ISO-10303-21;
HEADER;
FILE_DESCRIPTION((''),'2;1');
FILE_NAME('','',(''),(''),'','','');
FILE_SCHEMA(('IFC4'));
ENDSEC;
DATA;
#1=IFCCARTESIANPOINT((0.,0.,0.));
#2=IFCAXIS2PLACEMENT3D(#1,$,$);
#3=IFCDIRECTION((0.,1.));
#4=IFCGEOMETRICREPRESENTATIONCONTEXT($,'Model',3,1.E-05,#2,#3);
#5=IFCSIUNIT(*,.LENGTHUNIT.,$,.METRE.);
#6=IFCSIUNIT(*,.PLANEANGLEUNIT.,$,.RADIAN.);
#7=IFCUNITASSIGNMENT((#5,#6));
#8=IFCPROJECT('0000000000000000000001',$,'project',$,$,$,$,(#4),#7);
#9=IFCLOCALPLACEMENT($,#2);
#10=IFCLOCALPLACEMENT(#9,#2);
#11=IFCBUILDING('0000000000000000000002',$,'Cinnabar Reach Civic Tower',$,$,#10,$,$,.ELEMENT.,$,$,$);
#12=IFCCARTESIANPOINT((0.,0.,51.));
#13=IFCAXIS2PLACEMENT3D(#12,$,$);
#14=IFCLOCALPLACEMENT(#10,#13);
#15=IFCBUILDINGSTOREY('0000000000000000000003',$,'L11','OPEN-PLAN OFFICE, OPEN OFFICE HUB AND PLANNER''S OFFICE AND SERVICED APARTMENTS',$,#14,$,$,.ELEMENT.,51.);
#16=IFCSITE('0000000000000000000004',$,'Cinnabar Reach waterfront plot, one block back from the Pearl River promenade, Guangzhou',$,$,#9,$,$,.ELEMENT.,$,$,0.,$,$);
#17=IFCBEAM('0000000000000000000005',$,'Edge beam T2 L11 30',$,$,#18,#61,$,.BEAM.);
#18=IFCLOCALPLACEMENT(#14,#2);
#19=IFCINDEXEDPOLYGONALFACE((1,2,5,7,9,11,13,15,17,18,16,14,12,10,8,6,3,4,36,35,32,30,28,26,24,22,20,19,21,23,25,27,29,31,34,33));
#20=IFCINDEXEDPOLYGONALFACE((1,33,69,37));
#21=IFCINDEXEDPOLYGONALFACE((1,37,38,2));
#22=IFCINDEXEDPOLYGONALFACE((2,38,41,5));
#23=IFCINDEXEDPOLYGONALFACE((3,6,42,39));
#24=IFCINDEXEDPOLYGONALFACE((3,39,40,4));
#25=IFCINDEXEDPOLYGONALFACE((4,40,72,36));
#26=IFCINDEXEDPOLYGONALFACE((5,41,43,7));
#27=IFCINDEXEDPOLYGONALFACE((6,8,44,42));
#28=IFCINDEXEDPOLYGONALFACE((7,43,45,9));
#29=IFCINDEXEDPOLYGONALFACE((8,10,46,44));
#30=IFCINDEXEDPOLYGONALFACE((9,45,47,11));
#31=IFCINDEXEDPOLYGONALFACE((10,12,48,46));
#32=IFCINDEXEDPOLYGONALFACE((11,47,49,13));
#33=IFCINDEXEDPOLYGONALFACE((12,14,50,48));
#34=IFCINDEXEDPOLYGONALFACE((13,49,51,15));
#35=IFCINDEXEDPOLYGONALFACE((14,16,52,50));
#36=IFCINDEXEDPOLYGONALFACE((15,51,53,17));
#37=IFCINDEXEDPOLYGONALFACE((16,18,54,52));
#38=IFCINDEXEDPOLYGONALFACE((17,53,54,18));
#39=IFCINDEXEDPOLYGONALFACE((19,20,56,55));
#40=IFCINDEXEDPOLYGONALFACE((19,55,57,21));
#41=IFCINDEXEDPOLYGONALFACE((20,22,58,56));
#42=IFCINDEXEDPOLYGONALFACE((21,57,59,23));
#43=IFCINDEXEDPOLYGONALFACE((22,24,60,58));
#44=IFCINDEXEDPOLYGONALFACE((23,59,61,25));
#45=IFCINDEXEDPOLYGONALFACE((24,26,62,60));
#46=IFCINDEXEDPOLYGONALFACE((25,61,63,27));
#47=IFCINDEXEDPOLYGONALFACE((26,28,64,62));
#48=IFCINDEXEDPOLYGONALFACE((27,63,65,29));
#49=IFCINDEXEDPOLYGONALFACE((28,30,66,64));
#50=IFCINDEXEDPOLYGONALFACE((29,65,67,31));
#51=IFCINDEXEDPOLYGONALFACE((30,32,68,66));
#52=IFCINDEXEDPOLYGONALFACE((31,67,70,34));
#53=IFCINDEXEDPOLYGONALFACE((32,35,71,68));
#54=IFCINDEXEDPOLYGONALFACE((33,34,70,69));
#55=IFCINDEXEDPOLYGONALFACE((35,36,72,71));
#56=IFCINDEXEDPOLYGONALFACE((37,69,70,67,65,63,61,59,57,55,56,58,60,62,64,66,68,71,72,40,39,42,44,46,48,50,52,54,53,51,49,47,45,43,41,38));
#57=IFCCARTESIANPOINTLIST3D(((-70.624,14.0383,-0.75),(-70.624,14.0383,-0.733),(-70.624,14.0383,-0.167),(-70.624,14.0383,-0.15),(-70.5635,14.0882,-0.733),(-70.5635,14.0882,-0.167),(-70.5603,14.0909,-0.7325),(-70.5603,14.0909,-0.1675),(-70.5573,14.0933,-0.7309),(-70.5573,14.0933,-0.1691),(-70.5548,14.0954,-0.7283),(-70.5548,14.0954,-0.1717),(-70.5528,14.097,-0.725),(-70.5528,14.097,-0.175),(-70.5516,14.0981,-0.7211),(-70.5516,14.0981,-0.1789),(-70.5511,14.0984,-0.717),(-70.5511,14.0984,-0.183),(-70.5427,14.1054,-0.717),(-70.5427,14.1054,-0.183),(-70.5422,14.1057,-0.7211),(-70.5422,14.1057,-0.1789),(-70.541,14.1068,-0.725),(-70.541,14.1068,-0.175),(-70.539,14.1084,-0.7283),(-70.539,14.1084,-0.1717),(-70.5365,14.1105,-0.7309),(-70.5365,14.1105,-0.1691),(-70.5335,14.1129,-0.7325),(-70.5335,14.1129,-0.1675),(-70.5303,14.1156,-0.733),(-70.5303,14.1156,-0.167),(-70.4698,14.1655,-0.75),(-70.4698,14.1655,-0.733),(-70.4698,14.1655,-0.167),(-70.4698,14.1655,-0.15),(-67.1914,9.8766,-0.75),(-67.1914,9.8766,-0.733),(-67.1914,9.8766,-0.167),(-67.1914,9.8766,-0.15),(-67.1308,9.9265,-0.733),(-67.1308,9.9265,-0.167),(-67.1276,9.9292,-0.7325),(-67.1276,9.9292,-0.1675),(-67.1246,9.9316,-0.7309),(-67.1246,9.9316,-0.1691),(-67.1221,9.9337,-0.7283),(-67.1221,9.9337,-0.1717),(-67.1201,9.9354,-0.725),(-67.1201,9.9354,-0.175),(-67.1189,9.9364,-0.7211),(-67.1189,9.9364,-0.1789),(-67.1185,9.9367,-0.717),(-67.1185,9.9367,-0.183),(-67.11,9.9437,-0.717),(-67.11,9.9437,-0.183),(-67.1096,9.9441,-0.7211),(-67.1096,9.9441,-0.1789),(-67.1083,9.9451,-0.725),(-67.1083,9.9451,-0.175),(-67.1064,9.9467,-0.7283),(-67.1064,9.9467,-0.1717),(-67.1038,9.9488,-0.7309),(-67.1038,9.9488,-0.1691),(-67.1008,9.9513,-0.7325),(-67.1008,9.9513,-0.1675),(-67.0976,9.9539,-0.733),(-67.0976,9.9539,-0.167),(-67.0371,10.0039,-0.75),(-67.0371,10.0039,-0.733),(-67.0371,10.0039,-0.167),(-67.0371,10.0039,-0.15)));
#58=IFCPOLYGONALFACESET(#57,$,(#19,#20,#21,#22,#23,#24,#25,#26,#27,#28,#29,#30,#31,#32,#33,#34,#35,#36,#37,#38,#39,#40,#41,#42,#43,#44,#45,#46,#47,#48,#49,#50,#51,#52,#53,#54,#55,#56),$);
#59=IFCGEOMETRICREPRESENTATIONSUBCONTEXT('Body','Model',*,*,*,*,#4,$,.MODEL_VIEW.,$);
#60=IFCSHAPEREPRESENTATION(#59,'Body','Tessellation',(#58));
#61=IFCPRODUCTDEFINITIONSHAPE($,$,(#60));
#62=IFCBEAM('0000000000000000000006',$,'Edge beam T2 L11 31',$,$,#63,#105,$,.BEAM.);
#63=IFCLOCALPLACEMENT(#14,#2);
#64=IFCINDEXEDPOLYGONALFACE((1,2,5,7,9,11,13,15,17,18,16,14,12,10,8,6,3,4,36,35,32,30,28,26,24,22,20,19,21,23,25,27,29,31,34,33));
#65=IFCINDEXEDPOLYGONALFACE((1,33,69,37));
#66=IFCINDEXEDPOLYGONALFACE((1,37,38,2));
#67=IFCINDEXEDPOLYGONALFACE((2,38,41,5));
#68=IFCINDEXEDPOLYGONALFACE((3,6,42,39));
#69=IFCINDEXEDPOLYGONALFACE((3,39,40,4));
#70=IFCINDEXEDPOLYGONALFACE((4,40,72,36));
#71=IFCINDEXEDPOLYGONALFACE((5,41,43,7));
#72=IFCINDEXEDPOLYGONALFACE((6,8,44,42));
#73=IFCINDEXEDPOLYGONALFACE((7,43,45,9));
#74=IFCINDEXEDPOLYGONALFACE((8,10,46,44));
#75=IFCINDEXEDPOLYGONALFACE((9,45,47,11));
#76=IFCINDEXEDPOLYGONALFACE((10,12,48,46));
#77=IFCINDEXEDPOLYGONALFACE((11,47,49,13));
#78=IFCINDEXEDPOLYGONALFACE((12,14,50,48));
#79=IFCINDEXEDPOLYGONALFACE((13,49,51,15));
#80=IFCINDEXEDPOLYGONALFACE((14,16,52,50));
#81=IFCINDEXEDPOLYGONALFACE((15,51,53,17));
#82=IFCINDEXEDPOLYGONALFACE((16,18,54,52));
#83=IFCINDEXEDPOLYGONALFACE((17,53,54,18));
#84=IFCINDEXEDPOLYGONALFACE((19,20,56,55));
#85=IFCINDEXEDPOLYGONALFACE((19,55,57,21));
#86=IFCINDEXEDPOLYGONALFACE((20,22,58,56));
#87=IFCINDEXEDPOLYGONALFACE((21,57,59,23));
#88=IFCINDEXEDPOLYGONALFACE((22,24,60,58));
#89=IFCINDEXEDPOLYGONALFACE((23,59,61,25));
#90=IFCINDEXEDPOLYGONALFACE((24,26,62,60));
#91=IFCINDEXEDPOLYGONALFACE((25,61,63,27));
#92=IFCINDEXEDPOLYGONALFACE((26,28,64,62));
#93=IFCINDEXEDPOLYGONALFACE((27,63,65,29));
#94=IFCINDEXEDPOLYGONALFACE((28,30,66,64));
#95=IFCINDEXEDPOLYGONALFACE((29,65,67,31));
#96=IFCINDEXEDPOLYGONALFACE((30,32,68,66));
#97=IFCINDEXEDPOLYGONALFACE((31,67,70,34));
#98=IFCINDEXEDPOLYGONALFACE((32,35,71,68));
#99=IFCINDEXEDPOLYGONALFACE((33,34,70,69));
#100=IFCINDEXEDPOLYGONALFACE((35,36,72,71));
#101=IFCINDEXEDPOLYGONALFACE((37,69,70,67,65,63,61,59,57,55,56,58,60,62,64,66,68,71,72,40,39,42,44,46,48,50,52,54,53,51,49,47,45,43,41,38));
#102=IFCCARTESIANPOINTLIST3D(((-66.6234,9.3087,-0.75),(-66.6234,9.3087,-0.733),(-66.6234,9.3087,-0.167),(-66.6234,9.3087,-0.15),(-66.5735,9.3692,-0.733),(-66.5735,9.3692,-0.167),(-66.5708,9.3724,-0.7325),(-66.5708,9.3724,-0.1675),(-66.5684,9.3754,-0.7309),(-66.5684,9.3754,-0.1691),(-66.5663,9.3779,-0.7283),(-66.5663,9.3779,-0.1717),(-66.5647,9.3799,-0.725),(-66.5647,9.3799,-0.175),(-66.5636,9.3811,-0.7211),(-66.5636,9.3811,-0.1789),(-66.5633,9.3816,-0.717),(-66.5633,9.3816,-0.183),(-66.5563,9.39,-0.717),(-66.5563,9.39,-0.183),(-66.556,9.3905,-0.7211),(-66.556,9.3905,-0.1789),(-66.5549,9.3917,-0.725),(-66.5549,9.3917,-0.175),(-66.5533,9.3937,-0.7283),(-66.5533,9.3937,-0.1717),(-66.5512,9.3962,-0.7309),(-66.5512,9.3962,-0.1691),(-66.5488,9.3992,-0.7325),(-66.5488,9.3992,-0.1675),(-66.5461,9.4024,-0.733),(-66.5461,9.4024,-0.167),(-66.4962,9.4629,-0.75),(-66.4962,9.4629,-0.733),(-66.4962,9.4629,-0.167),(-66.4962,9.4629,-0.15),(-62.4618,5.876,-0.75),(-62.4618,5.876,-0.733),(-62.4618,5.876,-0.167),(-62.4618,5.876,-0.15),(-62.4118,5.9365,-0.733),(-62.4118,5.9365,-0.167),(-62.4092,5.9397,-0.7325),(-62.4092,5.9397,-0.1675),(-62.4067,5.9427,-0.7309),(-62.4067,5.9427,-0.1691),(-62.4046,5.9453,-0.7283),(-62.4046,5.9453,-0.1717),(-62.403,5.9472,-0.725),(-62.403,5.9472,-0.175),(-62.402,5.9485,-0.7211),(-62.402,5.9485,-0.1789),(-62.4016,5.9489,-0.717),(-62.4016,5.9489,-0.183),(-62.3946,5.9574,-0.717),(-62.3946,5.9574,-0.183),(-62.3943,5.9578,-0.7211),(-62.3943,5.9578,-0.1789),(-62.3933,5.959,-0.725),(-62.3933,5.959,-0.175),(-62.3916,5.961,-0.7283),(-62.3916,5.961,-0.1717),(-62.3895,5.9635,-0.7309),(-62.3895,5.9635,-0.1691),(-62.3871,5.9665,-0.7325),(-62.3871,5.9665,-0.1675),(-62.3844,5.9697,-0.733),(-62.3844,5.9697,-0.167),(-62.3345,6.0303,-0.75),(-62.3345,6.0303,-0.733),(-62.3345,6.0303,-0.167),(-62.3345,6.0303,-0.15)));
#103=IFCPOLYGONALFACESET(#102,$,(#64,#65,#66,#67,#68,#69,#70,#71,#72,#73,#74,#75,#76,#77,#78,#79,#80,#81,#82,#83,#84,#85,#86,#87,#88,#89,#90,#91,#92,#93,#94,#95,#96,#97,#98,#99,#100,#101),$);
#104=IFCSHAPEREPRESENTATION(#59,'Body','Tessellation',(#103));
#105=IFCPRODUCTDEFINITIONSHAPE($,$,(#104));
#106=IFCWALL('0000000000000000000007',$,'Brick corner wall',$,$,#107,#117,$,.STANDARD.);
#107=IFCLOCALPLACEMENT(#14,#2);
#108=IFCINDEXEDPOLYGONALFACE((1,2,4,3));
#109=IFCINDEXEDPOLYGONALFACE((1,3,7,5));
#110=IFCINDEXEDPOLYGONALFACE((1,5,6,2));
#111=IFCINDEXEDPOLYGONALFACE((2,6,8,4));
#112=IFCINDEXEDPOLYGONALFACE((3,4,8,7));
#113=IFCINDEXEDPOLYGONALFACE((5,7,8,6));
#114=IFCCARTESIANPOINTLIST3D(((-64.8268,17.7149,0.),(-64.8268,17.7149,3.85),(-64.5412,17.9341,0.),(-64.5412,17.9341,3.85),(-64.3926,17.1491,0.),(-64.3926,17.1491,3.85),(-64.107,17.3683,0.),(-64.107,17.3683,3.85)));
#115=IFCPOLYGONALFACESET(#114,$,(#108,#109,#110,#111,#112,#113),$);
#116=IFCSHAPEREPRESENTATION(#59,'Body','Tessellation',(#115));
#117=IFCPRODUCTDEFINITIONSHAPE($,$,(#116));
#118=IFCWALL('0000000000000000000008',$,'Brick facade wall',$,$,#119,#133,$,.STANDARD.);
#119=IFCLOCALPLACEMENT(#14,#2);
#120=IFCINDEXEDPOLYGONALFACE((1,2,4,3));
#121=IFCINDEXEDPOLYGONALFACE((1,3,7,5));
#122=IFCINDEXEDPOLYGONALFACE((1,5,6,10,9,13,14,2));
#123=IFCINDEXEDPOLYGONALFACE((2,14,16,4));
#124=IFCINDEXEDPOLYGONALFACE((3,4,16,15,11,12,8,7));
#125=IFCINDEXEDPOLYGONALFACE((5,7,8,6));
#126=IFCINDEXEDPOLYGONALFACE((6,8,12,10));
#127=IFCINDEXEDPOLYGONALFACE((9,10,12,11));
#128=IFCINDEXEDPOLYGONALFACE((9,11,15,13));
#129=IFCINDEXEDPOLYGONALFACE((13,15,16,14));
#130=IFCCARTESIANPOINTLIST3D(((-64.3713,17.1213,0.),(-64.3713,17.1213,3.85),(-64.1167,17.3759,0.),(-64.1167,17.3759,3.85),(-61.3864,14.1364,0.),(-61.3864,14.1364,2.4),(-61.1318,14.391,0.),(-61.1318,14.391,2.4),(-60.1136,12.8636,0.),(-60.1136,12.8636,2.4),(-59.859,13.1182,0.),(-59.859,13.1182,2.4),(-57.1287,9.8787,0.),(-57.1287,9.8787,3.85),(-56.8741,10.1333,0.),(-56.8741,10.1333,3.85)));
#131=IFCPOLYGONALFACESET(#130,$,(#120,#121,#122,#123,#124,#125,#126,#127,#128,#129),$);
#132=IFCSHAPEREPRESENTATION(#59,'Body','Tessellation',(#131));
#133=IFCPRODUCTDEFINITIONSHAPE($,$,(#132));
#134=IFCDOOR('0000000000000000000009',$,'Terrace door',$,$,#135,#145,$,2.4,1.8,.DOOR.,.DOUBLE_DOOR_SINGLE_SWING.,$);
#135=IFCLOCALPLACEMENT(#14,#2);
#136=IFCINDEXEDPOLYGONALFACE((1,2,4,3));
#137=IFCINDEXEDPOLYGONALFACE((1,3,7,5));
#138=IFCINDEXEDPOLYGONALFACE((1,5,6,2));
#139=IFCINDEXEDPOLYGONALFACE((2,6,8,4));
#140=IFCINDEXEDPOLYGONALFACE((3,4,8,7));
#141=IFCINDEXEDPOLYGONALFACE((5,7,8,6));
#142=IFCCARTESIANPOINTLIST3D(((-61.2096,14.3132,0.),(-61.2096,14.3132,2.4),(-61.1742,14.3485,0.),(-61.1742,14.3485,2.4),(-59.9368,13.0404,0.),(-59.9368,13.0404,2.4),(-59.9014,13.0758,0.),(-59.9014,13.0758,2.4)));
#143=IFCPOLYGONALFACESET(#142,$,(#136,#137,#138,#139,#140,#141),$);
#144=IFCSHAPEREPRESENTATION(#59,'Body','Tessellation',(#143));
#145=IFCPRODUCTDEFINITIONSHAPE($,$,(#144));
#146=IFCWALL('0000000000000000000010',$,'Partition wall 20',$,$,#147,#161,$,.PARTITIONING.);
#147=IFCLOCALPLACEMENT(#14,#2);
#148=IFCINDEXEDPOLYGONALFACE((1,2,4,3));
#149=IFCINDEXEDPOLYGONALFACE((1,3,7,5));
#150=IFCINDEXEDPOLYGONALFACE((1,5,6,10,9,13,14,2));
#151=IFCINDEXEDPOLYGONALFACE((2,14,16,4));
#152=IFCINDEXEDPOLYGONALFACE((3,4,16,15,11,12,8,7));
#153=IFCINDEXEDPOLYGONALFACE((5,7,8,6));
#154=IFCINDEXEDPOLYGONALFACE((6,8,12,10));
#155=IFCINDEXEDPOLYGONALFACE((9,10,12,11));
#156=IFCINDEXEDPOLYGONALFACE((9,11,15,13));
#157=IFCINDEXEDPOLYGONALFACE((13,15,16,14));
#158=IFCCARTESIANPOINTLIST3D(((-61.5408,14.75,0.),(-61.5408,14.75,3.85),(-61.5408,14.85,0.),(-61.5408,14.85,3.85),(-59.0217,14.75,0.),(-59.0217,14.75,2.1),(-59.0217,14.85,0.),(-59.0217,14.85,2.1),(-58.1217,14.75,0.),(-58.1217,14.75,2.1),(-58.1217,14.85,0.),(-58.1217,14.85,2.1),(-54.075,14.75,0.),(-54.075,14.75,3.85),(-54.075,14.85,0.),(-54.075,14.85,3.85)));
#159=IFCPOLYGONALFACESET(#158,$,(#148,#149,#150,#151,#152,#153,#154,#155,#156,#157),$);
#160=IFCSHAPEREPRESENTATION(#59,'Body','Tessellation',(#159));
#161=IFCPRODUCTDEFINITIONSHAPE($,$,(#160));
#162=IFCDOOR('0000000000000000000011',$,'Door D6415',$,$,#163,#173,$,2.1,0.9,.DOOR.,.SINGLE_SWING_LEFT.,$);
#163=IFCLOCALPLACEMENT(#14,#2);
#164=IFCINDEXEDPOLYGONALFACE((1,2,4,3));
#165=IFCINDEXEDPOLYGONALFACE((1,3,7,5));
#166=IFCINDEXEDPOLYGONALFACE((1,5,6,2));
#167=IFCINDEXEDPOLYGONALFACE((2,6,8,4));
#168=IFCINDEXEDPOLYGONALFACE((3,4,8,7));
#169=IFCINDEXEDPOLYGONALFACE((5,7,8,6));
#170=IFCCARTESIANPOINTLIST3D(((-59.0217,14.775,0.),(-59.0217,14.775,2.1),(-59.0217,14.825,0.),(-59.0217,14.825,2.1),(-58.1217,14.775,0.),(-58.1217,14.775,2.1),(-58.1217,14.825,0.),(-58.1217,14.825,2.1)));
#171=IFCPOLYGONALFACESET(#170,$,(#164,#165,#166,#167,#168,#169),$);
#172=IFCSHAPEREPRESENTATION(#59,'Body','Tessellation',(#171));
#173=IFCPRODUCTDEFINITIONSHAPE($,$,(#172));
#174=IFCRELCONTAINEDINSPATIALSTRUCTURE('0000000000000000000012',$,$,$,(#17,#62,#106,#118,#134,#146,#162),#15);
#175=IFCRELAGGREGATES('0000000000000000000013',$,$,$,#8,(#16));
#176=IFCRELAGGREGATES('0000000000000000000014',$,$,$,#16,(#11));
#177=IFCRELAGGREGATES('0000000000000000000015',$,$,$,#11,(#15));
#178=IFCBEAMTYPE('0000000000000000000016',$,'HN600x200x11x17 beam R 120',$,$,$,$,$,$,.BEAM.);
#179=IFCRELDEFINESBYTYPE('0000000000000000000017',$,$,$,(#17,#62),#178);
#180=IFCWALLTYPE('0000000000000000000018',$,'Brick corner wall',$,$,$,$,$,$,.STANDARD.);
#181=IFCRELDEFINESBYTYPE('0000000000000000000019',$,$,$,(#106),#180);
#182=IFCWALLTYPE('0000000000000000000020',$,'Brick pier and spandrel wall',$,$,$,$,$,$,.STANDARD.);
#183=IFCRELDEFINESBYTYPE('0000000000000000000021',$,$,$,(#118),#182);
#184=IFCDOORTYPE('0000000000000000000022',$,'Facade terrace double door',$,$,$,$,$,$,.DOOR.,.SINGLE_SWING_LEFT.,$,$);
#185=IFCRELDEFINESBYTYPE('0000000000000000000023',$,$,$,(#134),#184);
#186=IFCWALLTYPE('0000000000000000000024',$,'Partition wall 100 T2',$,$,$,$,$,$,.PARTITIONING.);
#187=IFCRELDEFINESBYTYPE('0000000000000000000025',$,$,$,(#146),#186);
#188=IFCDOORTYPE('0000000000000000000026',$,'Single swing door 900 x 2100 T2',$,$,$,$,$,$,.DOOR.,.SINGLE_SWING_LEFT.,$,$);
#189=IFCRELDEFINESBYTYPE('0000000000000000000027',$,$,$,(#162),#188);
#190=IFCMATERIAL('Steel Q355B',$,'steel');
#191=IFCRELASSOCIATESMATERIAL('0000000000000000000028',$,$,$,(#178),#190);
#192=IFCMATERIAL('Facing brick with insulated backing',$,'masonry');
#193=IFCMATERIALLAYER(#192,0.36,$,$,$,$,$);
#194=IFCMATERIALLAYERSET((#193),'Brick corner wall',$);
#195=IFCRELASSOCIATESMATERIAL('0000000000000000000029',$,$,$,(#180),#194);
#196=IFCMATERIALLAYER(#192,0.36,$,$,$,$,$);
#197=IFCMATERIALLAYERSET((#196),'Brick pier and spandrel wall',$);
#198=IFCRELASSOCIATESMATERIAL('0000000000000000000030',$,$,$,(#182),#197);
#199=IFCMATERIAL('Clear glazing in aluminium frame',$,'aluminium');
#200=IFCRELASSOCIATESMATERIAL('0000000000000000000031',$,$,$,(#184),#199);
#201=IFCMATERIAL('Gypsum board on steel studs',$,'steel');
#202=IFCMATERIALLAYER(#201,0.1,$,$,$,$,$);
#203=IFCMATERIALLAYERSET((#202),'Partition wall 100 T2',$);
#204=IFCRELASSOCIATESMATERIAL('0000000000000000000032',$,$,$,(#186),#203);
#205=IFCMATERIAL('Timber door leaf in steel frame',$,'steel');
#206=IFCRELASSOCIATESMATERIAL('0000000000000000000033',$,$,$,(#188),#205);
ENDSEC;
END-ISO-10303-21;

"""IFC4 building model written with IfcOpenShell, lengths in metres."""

from ifc_helpers import new_model, si_unit, direction, frame, frame_2d, origin, origin_2d, place, context, subcontext, project, spatial, rectangle, i_section, extrude, material, layer, layer_set, material_profile, profile_set, type_object, element, fill, save


model = new_model("IFC4")

# Units and contexts
model_context = context("Model", 3, precision=1e-05, world=origin(), true_north=direction((0.0, 1.0)))
body_context = subcontext(model_context, "Body", "Model", "MODEL_VIEW")
ifc_project = project(units=[si_unit("LENGTHUNIT", "METRE"), si_unit("PLANEANGLEUNIT", "RADIAN")], contexts=[model_context])

# Site, building, storey
site_placement = place(None, origin())
site = spatial("IfcSite", under=ifc_project, at=site_placement, Name="Cinnabar Reach waterfront plot, one block back from the Pearl River promenade, Guangzhou", CompositionType="ELEMENT", RefElevation=0.0)
building_placement = place(site_placement, origin())
building = spatial("IfcBuilding", under=site, at=building_placement, Name="Cinnabar Reach Civic Tower", CompositionType="ELEMENT")
storey_placement = place(building_placement, frame((0.0, 0.0, 51.0)))
storey = spatial("IfcBuildingStorey", under=building, at=storey_placement, Name="L11", Description="OPEN-PLAN OFFICE, OPEN OFFICE HUB AND PLANNER'S OFFICE AND SERVICED APARTMENTS", CompositionType="ELEMENT", Elevation=51.0)

# Beams
ifc_material_1 = material(Name="Steel Q355B", Category="steel")
ifc_material_profile_1 = material_profile(ifc_material_1, i_section(OverallWidth=0.2, OverallDepth=0.6, WebThickness=0.011, FlangeThickness=0.017, FilletRadius=0.016, at=origin_2d()), Name="HN600x200x11x17")
ifc_profile_set_1 = profile_set([ifc_material_profile_1], Name="Steel Q355B")
beam_type_1 = type_object("IfcBeamType", Name="HN600x200x11x17 beam R 120", PredefinedType="BEAM", material=ifc_profile_set_1)
for number, where, z_axis, x_axis, name in (
    (1, (-70.5469, 14.1019, -0.45), (0.636305, -0.771437, 0.0), (0.771437, 0.636305, 0.0), "Edge beam T2 L11 30"),
    (2, (-66.5598, 9.3858, -0.45), (0.771437, -0.636305, 0.0), (0.636305, 0.771437, 0.0), "Edge beam T2 L11 31"),
):
    element("IfcBeam", number, at=place(storey_placement, frame(where, z_axis=z_axis, x_axis=x_axis)), inside=storey, type_object=beam_type_1, Name=name, PredefinedType="BEAM", context=body_context, shape_type="SweptSolid", body=[
        extrude(i_section(OverallWidth=0.2, OverallDepth=0.6, WebThickness=0.011, FlangeThickness=0.017, FilletRadius=0.016, at=origin_2d()), origin(), (0.0, 0.0, 1.0), 5.3947),
    ])

# Wall
ifc_material_2 = material(Name="Facing brick with insulated backing", Category="masonry")
ifc_layer_1 = layer(ifc_material_2, 0.36)
ifc_layer_set_1 = layer_set([ifc_layer_1], Name="Brick corner wall")
wall_type_1 = type_object("IfcWallType", Name="Brick corner wall", PredefinedType="STANDARD", material=ifc_layer_set_1)
wall_1_placement = place(storey_placement, frame((-64.684, 17.8245, 0.0), z_axis=(0.0, 0.0, 1.0), x_axis=(0.608802, -0.793322, 0.0)))
element("IfcWall", 3, at=wall_1_placement, inside=storey, type_object=wall_type_1, Name="Brick corner wall", PredefinedType="STANDARD", context=body_context, shape_type="SweptSolid", body=[
    extrude(rectangle(XDim=0.7132, YDim=0.36, at=frame_2d((0.3566, 0.0))), origin(), (0.0, 0.0, 1.0), 3.85),
])

# Walls, openings, doors
ifc_layer_2 = layer(ifc_material_2, 0.36)
ifc_layer_set_2 = layer_set([ifc_layer_2], Name="Brick pier and spandrel wall")
wall_type_2 = type_object("IfcWallType", Name="Brick pier and spandrel wall", PredefinedType="STANDARD", material=ifc_layer_set_2)
wall_2_placement = place(storey_placement, frame((-64.244, 17.2486, 0.0), z_axis=(0.0, 0.0, 1.0), x_axis=(0.707107, -0.707107, 0.0)))
wall_2 = element("IfcWall", 4, at=wall_2_placement, inside=storey, type_object=wall_type_2, Name="Brick facade wall", PredefinedType="STANDARD", context=body_context, shape_type="SweptSolid", body=[
    extrude(rectangle(XDim=10.2426, YDim=0.36, at=frame_2d((5.1213, 0.0))), origin(), (0.0, 0.0, 1.0), 3.85),
])
opening_1_placement = place(wall_2_placement, frame((4.2213, 0.0, 0.0)))
opening_1 = element("IfcOpeningElement", 5, at=opening_1_placement, cuts=wall_2, PredefinedType="OPENING", context=body_context, shape_type="SweptSolid", body=[
    extrude(rectangle(XDim=1.8, YDim=2.4, at=frame_2d((0.9, 1.2))), frame((0.0, 0.19, 0.0), z_axis=(0.0, -1.0, 0.0), x_axis=(1.0, 0.0, 0.0)), (0.0, 0.0, 1.0), 0.38),
])
ifc_material_3 = material(Name="Clear glazing in aluminium frame", Category="aluminium")
door_type_1 = type_object("IfcDoorType", Name="Facade terrace double door", OperationType="SINGLE_SWING_LEFT", PredefinedType="DOOR", material=ifc_material_3)
door_1_placement = place(opening_1_placement, frame((1.8, 0.0, 0.0), z_axis=(0.0, 0.0, 1.0), x_axis=(-1.0, 0.0, 0.0)))
door_1 = element("IfcDoor", 6, at=door_1_placement, inside=storey, type_object=door_type_1, Name="Terrace door", OperationType="DOUBLE_DOOR_SINGLE_SWING", OverallHeight=2.4, OverallWidth=1.8, PredefinedType="DOOR", context=body_context, shape_type="SweptSolid", body=[
    extrude(rectangle(XDim=1.8, YDim=2.4, at=frame_2d((0.9, 1.2))), frame((0.0, -0.07, 0.0), z_axis=(0.0, -1.0, 0.0), x_axis=(1.0, 0.0, 0.0)), (0.0, 0.0, 1.0), 0.05),
])
fill(opening_1, door_1)
ifc_material_4 = material(Name="Gypsum board on steel studs", Category="steel")
ifc_layer_3 = layer(ifc_material_4, 0.1)
ifc_layer_set_3 = layer_set([ifc_layer_3], Name="Partition wall 100 T2")
wall_type_3 = type_object("IfcWallType", Name="Partition wall 100 T2", PredefinedType="PARTITIONING", material=ifc_layer_set_3)
wall_3_placement = place(storey_placement, frame((-61.5409, 14.8, 0.0), z_axis=(0.0, 0.0, 1.0), x_axis=(1.0, 0.0, 0.0)))
wall_3 = element("IfcWall", 7, at=wall_3_placement, inside=storey, type_object=wall_type_3, Name="Partition wall 20", PredefinedType="PARTITIONING", context=body_context, shape_type="SweptSolid", body=[
    extrude(rectangle(XDim=7.4659, YDim=0.1, at=frame_2d((3.733, 0.0))), origin(), (0.0, 0.0, 1.0), 3.85),
])
opening_2_placement = place(wall_3_placement, frame((2.5192, 0.0, 0.0)))
opening_2 = element("IfcOpeningElement", 8, at=opening_2_placement, cuts=wall_3, PredefinedType="OPENING", context=body_context, shape_type="SweptSolid", body=[
    extrude(rectangle(XDim=0.9, YDim=2.1, at=frame_2d((0.45, 1.05))), frame((0.0, 0.06, 0.0), z_axis=(0.0, -1.0, 0.0), x_axis=(1.0, 0.0, 0.0)), (0.0, 0.0, 1.0), 0.12),
])
ifc_material_5 = material(Name="Timber door leaf in steel frame", Category="steel")
door_type_2 = type_object("IfcDoorType", Name="Single swing door 900 x 2100 T2", OperationType="SINGLE_SWING_LEFT", PredefinedType="DOOR", material=ifc_material_5)
door_2_placement = place(opening_2_placement, origin())
door_2 = element("IfcDoor", 9, at=door_2_placement, inside=storey, type_object=door_type_2, Name="Door D6415", OperationType="SINGLE_SWING_LEFT", OverallHeight=2.1, OverallWidth=0.9, PredefinedType="DOOR", context=body_context, shape_type="SweptSolid", body=[
    extrude(rectangle(XDim=0.9, YDim=2.1, at=frame_2d((0.45, 1.05))), frame((0.0, 0.025, 0.0), z_axis=(0.0, -1.0, 0.0), x_axis=(1.0, 0.0, 0.0)), (0.0, 0.0, 1.0), 0.05),
])
fill(opening_2, door_2)

save(model, "model.ifc")
